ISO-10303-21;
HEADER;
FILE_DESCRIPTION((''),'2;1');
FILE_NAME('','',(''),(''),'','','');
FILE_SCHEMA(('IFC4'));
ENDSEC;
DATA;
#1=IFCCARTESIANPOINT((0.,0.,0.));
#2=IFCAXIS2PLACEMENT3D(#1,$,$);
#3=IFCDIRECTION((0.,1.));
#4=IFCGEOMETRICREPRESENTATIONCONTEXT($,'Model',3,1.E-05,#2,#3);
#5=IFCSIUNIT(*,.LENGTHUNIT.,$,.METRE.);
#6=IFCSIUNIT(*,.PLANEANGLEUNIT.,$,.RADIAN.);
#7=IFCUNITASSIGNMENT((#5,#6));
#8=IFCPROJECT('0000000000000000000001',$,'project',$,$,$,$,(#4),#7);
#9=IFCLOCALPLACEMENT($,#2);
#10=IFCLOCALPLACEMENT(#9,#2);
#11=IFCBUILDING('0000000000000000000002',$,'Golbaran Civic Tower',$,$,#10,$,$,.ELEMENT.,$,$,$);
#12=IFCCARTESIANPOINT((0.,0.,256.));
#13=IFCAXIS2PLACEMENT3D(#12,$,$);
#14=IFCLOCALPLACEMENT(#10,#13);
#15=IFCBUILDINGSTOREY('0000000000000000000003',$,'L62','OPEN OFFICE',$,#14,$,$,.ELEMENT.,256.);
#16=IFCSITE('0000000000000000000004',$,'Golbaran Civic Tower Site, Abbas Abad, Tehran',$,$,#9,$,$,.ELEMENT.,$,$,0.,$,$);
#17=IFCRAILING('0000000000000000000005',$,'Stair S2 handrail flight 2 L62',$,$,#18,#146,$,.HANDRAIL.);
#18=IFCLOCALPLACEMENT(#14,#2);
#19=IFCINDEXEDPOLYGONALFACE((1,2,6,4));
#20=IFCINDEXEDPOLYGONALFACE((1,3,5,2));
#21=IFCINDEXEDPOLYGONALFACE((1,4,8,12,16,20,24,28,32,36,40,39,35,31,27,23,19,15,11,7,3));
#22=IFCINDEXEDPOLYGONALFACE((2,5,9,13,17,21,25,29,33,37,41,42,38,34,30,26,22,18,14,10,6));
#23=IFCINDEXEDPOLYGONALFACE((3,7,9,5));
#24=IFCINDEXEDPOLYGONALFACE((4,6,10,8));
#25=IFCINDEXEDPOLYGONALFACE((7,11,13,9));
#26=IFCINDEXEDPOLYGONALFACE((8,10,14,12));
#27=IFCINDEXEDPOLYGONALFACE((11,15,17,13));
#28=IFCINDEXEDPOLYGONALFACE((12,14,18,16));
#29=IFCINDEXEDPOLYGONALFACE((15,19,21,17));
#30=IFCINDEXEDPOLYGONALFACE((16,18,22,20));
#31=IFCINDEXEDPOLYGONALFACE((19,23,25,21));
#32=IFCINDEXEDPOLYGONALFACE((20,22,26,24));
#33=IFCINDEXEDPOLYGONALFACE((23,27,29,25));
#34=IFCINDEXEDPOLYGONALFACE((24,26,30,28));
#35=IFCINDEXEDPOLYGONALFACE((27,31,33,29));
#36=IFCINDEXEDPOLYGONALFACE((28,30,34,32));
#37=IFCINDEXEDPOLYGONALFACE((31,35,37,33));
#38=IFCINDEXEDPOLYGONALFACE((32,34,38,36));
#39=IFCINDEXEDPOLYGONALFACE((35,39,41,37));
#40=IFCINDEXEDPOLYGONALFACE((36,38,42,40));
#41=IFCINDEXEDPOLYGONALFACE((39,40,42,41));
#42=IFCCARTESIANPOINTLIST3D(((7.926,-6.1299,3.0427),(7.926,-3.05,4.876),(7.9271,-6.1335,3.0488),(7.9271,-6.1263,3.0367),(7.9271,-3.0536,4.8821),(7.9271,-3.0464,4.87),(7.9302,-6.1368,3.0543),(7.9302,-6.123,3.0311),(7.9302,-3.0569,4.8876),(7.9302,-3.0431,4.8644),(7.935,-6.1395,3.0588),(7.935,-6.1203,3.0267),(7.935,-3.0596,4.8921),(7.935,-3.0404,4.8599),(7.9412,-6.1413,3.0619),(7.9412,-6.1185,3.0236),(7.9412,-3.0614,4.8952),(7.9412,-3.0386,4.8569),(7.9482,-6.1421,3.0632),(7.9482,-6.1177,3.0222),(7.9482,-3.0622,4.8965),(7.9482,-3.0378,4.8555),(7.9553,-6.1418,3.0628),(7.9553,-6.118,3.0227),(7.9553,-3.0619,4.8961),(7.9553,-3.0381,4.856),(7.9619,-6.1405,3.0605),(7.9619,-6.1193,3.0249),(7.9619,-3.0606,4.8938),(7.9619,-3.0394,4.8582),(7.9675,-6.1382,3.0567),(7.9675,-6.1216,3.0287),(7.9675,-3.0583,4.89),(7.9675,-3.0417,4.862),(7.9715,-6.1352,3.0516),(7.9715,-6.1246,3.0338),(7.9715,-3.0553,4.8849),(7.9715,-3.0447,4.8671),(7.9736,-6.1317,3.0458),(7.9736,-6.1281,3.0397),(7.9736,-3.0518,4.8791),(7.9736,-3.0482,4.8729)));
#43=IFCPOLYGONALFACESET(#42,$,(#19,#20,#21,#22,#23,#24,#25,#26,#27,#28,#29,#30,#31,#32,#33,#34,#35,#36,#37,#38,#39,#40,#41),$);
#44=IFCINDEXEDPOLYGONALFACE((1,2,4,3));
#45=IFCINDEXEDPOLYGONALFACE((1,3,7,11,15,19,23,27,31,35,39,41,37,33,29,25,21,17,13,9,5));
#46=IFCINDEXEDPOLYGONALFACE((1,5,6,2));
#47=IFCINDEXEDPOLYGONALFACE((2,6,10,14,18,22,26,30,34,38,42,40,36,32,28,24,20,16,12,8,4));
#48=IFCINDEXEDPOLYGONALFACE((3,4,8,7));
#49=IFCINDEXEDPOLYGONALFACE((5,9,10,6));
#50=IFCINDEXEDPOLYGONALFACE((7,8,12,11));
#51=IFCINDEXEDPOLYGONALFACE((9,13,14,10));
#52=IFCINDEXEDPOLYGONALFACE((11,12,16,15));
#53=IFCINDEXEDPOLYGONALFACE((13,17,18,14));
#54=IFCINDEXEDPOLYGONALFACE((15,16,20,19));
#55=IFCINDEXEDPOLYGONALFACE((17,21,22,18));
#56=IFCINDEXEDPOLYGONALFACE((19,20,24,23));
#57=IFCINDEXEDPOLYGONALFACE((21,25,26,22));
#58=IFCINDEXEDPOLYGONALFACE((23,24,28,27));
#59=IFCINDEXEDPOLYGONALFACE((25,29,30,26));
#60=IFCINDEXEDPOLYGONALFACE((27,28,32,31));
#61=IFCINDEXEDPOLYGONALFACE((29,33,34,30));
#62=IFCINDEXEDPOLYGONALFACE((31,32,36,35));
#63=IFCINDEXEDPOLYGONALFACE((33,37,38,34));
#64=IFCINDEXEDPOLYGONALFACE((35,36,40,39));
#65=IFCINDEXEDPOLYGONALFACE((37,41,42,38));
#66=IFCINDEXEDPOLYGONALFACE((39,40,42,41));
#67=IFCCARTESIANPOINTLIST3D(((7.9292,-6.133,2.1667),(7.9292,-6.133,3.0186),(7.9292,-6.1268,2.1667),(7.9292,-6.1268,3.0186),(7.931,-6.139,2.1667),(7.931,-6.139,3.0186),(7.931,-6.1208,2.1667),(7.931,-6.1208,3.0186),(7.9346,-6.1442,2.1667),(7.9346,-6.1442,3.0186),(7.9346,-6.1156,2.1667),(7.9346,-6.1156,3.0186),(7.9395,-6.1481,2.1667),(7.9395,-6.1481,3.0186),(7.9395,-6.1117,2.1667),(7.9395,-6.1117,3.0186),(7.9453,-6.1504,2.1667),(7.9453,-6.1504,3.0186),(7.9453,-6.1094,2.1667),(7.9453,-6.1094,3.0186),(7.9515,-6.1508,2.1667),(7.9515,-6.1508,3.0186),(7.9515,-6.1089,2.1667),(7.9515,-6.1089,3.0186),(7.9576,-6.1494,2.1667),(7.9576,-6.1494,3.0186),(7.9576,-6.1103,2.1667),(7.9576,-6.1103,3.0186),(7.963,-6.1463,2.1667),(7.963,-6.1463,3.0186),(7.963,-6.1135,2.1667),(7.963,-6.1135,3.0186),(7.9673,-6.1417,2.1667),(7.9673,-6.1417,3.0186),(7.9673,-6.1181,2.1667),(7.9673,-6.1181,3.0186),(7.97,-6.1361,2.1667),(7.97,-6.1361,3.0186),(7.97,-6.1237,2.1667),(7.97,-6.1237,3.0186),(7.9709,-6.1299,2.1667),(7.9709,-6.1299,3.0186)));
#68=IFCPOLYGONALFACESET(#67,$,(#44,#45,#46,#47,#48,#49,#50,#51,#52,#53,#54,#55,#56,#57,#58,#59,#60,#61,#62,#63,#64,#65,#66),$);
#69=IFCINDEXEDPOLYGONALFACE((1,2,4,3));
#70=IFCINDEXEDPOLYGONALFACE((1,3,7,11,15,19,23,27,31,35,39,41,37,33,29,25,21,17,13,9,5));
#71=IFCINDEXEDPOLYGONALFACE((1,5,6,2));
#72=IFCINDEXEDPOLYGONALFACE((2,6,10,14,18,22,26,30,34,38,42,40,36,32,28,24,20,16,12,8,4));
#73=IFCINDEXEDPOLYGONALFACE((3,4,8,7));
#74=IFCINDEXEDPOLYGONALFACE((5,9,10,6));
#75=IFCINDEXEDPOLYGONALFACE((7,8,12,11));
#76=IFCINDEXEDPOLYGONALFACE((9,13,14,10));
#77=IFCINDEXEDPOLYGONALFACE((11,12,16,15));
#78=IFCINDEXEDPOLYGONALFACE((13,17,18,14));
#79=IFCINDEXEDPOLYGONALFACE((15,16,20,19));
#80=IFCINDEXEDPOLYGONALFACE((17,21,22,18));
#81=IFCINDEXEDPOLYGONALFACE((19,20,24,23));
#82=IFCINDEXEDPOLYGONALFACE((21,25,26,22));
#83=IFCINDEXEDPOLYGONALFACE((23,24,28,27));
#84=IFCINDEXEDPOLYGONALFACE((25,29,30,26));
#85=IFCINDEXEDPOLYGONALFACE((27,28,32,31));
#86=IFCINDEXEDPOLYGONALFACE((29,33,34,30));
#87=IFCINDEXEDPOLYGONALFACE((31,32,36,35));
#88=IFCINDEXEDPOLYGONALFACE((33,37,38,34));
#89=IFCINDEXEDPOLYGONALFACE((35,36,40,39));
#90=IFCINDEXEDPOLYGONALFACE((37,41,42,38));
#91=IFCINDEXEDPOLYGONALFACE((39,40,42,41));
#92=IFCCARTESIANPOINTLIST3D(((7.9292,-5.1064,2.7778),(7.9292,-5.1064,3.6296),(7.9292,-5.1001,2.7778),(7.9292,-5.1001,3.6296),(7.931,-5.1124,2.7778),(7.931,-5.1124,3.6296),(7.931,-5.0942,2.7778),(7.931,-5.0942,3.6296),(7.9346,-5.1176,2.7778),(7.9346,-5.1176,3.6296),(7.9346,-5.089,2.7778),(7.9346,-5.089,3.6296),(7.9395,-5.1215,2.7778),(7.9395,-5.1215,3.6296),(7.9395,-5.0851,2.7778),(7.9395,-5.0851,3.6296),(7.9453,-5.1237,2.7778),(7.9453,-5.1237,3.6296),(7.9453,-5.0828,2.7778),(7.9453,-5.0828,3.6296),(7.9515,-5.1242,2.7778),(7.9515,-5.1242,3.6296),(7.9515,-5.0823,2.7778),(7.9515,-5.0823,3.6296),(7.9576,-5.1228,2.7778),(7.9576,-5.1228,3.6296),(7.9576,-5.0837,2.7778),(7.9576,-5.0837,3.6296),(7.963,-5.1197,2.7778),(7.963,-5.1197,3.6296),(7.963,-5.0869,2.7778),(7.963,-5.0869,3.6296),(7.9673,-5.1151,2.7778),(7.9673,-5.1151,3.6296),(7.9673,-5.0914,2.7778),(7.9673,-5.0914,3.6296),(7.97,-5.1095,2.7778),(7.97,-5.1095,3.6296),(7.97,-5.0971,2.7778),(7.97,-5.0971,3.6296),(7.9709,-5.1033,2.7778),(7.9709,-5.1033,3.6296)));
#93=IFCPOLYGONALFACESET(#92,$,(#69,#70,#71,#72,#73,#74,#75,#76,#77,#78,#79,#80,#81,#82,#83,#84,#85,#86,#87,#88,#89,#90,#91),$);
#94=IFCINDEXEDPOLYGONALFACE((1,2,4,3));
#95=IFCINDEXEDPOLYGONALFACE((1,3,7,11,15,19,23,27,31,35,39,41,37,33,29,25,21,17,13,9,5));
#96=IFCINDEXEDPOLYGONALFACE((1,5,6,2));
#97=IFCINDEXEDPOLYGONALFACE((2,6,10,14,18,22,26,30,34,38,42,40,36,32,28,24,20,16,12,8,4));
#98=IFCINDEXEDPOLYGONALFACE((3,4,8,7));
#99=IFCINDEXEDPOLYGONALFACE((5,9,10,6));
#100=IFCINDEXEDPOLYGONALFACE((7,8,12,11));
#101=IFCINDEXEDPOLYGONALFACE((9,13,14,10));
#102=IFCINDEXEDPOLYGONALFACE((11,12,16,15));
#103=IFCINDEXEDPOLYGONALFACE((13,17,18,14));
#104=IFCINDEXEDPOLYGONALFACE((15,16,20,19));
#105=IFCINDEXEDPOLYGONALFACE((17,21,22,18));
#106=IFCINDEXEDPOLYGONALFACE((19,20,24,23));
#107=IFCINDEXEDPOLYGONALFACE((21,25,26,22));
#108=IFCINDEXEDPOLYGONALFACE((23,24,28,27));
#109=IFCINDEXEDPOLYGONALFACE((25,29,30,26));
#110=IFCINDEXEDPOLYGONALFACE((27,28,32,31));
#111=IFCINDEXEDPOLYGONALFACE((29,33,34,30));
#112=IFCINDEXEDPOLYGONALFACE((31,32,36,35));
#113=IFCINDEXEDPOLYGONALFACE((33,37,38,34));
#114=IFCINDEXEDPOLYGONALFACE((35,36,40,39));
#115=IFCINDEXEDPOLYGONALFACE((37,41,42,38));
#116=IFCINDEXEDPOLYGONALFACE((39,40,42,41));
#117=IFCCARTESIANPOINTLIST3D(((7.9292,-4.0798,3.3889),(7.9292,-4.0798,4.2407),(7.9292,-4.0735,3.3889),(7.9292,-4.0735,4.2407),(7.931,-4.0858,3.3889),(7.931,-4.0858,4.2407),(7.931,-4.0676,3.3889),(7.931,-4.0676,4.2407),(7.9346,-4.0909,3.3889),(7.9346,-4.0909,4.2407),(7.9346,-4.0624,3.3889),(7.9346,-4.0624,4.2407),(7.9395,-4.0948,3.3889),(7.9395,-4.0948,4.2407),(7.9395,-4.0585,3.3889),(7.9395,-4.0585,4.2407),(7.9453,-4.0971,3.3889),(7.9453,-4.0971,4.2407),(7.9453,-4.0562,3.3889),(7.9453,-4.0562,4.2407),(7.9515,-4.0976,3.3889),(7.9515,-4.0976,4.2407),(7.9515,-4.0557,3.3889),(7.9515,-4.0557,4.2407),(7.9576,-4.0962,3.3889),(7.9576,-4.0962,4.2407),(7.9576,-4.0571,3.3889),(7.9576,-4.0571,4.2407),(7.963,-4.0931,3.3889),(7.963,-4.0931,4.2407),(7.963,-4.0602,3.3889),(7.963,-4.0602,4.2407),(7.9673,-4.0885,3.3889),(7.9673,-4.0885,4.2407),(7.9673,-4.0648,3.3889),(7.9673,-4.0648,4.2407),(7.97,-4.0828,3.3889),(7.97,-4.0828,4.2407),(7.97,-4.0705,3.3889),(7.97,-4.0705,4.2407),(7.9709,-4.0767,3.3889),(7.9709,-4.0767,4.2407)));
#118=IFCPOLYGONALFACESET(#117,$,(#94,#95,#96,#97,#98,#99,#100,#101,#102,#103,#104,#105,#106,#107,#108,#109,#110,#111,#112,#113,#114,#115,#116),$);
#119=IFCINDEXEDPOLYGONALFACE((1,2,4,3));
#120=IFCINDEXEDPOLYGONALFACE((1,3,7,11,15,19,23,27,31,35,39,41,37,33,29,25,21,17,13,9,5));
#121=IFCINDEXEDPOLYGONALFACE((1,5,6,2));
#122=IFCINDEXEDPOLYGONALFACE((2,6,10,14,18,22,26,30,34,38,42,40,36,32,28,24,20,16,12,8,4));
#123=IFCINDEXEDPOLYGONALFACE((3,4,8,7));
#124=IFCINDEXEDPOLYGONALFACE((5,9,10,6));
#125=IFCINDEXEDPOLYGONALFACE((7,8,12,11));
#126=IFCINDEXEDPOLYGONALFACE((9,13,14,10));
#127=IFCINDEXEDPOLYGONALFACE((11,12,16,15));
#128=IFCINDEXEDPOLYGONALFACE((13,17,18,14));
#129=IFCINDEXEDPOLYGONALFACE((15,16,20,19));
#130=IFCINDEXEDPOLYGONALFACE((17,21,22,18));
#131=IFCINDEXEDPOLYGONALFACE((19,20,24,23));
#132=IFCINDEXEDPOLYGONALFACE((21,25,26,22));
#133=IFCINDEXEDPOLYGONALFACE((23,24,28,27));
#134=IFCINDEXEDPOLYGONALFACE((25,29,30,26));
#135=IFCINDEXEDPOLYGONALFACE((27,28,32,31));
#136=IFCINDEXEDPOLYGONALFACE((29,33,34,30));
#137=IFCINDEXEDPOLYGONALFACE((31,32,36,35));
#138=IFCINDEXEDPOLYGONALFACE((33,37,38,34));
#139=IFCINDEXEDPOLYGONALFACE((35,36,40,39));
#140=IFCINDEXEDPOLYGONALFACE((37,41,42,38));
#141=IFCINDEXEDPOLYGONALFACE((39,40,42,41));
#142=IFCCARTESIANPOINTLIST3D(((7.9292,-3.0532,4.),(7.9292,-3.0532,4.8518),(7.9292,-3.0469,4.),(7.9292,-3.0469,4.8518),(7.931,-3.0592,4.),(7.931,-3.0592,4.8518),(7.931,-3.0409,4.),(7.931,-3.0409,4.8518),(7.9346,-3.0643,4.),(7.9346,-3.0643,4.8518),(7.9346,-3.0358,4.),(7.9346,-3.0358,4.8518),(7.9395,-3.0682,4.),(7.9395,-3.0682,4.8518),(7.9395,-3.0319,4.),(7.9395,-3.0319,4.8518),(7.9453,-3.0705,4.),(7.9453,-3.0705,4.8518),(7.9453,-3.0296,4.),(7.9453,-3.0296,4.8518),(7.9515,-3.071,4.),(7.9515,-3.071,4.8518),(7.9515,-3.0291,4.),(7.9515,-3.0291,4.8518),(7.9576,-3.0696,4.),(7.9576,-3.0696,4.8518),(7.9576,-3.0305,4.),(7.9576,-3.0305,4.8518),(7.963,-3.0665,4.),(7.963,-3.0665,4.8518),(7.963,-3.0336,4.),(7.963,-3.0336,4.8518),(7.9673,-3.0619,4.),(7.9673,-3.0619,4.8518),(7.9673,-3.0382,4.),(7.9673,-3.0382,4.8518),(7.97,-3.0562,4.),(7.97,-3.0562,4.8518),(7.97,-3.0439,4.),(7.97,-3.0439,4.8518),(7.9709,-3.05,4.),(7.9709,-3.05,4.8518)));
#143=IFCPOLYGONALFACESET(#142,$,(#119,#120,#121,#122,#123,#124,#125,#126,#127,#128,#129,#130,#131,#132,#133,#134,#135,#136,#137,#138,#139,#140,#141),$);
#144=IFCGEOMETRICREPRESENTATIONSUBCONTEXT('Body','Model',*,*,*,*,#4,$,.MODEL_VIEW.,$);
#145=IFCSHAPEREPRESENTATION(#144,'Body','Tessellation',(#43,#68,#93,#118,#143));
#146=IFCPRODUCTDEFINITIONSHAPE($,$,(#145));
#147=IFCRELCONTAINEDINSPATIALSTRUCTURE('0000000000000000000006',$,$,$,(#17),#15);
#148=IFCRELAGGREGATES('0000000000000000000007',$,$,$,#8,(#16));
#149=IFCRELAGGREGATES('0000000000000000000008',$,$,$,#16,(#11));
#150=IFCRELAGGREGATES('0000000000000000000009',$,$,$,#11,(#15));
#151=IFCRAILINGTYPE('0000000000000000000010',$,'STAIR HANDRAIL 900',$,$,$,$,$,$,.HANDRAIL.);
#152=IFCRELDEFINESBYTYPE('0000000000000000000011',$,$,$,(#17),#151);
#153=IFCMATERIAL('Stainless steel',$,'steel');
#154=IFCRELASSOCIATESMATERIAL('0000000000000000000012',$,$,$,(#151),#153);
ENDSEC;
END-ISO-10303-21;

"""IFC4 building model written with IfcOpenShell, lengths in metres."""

from ifc_helpers import new_model, si_unit, direction, frame, origin, origin_2d, place, context, subcontext, project, spatial, circle, extrude, material, type_object, element, save


model = new_model("IFC4")

# Units and contexts
model_context = context("Model", 3, precision=1e-05, world=origin(), true_north=direction((0.0, 1.0)))
body_context = subcontext(model_context, "Body", "Model", "MODEL_VIEW")
ifc_project = project(units=[si_unit("LENGTHUNIT", "METRE"), si_unit("PLANEANGLEUNIT", "RADIAN")], contexts=[model_context])

# Site, building, storey
site_placement = place(None, origin())
site = spatial("IfcSite", under=ifc_project, at=site_placement, Name="Golbaran Civic Tower Site, Abbas Abad, Tehran", CompositionType="ELEMENT", RefElevation=0.0)
building_placement = place(site_placement, origin())
building = spatial("IfcBuilding", under=site, at=building_placement, Name="Golbaran Civic Tower", CompositionType="ELEMENT")
storey_placement = place(building_placement, frame((0.0, 0.0, 256.0)))
storey = spatial("IfcBuildingStorey", under=building, at=storey_placement, Name="L62", Description="OPEN OFFICE", CompositionType="ELEMENT", Elevation=256.0)

# Shared definitions
ifc_material_1 = material(Name="Stainless steel", Category="steel")

# Railing
railing_type = type_object("IfcRailingType", Name="STAIR HANDRAIL 900", PredefinedType="HANDRAIL", material=ifc_material_1)
railing_1_placement = place(storey_placement, frame((7.95, -6.1299, 2.1667)))
element("IfcRailing", 1, at=railing_1_placement, inside=storey, type_object=railing_type, Name="Stair S2 handrail flight 2 L62", PredefinedType="HANDRAIL", context=body_context, shape_type="SweptSolid", body=[
    extrude(circle(Radius=0.0239, at=origin_2d()), frame((0.0, 0.0, 0.876), z_axis=(0.0, 0.859291, 0.511487), x_axis=(-1.0, 0.0, 0.0)), (0.0, 0.0, 1.0), 3.5842),
    extrude(circle(Radius=0.021, at=origin_2d()), origin(), (0.0, 0.0, 1.0), 0.8518),
    extrude(circle(Radius=0.021, at=origin_2d()), frame((0.0, 1.0266, 0.6111)), (0.0, 0.0, 1.0), 0.8518),
    extrude(circle(Radius=0.021, at=origin_2d()), frame((0.0, 2.0532, 1.2222)), (0.0, 0.0, 1.0), 0.8518),
    extrude(circle(Radius=0.021, at=origin_2d()), frame((0.0, 3.0798, 1.8333)), (0.0, 0.0, 1.0), 0.8518),
])

save(model, "model.ifc")
